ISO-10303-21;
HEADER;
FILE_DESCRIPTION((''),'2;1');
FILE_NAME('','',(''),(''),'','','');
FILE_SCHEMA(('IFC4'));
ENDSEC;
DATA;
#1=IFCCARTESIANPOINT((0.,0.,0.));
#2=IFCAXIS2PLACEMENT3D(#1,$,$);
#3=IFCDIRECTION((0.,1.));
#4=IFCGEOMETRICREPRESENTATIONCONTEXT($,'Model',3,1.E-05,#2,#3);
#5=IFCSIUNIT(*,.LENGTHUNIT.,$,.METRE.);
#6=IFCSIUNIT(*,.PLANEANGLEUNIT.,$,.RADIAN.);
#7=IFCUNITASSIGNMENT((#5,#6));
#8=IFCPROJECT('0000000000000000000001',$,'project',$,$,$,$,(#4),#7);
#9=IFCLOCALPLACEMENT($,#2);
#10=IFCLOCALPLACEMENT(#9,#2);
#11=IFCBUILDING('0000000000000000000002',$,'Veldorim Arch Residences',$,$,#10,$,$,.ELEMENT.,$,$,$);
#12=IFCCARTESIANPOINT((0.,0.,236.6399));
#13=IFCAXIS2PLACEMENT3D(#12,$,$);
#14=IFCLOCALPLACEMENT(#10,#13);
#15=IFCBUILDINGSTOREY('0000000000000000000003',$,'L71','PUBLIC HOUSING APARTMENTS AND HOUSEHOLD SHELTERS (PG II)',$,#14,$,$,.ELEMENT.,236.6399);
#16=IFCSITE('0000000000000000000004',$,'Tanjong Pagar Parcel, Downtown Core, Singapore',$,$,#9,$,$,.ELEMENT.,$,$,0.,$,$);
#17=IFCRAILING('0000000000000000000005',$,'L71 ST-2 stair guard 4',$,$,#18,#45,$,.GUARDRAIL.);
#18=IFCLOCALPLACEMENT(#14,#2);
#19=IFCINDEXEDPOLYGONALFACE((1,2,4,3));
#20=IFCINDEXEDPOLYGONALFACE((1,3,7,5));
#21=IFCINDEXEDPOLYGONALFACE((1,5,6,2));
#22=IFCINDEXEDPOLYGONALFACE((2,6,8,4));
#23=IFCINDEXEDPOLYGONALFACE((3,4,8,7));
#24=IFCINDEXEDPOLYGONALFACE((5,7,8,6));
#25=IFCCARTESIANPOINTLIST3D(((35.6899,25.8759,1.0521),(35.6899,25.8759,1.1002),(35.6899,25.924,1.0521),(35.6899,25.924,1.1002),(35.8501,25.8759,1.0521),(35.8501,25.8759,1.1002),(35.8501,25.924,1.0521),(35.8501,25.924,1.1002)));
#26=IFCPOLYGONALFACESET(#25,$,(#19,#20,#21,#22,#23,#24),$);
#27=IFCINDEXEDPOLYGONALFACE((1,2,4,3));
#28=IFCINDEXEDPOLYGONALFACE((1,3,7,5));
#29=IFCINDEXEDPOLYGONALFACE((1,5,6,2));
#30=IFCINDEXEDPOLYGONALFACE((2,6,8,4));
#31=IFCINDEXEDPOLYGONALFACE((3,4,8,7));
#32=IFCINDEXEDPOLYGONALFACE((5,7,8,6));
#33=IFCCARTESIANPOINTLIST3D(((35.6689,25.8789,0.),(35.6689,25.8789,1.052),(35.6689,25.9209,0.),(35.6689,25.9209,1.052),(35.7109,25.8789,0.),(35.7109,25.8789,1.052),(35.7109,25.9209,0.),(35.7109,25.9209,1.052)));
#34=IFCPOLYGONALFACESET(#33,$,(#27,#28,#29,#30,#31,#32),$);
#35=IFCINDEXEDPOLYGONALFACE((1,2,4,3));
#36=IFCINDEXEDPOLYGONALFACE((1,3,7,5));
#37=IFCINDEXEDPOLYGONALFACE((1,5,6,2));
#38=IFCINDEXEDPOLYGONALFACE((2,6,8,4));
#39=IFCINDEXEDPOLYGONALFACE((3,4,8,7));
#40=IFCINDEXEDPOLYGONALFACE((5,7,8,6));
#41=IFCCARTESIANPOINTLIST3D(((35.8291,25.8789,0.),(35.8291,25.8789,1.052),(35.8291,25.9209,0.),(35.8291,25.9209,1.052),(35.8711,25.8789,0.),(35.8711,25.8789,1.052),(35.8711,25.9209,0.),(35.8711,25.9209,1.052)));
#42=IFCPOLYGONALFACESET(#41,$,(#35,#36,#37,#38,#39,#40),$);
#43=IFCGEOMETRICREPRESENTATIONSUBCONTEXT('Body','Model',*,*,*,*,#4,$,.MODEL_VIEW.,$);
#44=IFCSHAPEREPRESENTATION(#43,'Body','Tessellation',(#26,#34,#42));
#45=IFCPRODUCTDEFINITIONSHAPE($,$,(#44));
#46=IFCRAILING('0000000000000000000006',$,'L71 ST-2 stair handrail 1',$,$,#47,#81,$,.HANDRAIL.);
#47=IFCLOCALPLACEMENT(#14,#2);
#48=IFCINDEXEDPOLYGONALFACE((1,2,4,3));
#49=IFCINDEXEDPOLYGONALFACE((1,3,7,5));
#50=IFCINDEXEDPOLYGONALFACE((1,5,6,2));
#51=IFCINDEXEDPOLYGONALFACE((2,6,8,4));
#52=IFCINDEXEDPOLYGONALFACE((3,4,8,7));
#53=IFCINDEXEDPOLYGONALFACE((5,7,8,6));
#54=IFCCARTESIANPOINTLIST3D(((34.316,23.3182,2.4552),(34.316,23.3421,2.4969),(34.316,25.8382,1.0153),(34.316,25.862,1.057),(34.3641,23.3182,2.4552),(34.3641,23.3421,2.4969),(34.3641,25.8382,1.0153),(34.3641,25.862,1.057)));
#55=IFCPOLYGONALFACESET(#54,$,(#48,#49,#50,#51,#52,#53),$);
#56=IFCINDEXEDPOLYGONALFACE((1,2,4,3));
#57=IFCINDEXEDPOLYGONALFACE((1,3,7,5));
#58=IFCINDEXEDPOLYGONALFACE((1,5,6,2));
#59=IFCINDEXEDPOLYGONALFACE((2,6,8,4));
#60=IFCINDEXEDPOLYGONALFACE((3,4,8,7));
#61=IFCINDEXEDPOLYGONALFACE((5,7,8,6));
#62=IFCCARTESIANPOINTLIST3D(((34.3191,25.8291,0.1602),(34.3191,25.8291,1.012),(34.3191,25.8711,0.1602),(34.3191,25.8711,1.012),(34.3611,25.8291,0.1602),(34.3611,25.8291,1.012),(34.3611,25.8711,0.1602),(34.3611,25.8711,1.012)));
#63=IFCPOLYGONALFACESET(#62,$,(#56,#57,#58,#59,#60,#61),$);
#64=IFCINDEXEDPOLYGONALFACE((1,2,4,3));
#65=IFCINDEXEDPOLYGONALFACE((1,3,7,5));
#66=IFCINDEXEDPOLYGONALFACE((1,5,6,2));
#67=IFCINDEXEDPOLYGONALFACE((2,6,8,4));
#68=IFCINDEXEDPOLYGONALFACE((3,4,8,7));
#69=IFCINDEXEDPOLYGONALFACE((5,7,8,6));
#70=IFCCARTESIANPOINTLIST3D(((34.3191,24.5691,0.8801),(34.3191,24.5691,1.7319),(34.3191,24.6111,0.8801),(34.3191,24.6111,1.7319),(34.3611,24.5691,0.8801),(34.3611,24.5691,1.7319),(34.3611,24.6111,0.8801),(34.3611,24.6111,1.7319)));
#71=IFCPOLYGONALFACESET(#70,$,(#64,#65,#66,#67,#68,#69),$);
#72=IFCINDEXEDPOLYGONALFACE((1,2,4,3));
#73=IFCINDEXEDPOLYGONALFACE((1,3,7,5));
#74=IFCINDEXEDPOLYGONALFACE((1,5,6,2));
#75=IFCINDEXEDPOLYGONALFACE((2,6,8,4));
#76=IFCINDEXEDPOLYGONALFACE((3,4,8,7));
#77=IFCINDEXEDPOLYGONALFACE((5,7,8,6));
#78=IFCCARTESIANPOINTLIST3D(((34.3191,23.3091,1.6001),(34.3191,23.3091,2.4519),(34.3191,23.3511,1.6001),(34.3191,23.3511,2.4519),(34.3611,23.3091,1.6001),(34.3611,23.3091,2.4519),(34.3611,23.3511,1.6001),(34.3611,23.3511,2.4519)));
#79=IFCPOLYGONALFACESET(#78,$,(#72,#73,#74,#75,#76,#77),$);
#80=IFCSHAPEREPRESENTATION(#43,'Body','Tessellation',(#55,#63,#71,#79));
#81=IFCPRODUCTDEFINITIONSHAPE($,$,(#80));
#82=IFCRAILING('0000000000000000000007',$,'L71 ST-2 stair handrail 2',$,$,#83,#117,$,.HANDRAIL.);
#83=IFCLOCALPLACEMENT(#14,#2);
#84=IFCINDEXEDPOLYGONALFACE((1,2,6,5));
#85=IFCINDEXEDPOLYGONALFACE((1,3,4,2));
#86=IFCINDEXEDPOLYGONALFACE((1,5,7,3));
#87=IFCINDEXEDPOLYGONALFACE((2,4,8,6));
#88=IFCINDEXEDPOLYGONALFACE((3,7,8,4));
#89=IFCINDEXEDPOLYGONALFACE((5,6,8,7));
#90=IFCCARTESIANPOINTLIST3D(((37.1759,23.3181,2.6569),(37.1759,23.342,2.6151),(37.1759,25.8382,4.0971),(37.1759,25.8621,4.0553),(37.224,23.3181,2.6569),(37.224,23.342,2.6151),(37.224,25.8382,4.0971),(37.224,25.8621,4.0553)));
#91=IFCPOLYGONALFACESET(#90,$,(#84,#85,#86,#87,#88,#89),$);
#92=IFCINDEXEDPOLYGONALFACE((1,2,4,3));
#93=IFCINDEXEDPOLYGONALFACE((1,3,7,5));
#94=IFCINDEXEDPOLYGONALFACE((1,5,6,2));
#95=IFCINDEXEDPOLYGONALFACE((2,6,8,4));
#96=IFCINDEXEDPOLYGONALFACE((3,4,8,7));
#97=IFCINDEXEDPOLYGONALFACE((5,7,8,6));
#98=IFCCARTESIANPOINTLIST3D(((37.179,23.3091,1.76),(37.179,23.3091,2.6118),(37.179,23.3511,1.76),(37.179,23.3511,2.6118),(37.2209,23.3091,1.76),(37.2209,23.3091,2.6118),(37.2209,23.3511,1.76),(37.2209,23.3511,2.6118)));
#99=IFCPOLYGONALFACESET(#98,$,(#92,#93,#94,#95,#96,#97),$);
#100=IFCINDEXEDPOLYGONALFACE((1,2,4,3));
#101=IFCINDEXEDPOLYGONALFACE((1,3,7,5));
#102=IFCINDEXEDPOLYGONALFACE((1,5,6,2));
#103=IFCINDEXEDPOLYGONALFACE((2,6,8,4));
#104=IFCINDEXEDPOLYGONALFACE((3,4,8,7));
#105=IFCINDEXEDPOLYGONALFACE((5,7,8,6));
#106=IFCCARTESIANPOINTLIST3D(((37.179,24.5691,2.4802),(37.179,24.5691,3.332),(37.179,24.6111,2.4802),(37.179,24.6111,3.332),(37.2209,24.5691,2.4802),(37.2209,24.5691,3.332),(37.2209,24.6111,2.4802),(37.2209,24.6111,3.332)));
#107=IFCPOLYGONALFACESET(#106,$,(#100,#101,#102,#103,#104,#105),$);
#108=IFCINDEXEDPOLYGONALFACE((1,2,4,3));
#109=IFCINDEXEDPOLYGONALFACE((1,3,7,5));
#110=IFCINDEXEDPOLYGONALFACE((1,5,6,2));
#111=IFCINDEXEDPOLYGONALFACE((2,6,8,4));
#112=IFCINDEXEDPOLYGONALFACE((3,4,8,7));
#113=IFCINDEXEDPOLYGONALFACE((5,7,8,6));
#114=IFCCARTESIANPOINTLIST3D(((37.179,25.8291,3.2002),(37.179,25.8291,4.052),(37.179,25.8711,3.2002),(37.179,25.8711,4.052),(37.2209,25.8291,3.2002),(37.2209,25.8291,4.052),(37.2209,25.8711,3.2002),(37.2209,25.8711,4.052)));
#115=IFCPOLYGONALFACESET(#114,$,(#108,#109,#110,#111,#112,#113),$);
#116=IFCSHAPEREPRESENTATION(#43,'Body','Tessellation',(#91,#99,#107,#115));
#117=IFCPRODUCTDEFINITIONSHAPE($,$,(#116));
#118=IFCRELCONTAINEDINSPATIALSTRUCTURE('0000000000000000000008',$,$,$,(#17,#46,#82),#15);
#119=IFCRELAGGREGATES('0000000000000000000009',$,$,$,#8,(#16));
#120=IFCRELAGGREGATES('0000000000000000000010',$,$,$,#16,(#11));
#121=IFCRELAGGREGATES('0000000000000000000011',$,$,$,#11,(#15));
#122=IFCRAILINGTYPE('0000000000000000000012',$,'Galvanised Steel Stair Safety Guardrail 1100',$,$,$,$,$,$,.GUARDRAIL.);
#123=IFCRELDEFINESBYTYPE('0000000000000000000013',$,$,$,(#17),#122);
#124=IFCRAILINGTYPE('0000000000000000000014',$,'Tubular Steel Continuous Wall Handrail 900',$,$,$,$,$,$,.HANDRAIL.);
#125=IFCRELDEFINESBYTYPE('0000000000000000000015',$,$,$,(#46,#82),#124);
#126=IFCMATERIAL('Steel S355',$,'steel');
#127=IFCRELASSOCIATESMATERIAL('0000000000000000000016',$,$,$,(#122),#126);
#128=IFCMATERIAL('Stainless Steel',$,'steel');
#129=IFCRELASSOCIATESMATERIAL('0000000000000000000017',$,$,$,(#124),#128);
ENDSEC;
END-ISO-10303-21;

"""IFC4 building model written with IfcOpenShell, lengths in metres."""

from ifc_helpers import new_model, si_unit, direction, frame, origin, origin_2d, place, context, subcontext, project, spatial, rectangle, extrude, material, type_object, element, save


model = new_model("IFC4")

# Units and contexts
model_context = context("Model", 3, precision=1e-05, world=origin(), true_north=direction((0.0, 1.0)))
body_context = subcontext(model_context, "Body", "Model", "MODEL_VIEW")
ifc_project = project(units=[si_unit("LENGTHUNIT", "METRE"), si_unit("PLANEANGLEUNIT", "RADIAN")], contexts=[model_context])

# Site, building, storey
site_placement = place(None, origin())
site = spatial("IfcSite", under=ifc_project, at=site_placement, Name="Tanjong Pagar Parcel, Downtown Core, Singapore", CompositionType="ELEMENT", RefElevation=0.0)
building_placement = place(site_placement, origin())
building = spatial("IfcBuilding", under=site, at=building_placement, Name="Veldorim Arch Residences", CompositionType="ELEMENT")
storey_placement = place(building_placement, frame((0.0, 0.0, 236.6399)))
storey = spatial("IfcBuildingStorey", under=building, at=storey_placement, Name="L71", Description="PUBLIC HOUSING APARTMENTS AND HOUSEHOLD SHELTERS (PG II)", CompositionType="ELEMENT", Elevation=236.6399)

# Railings
ifc_material_1 = material(Name="Steel S355", Category="steel")
railing_type_1 = type_object("IfcRailingType", Name="Galvanised Steel Stair Safety Guardrail 1100", PredefinedType="GUARDRAIL", material=ifc_material_1)
railing_1_placement = place(storey_placement, frame((35.6899, 25.8999, 0.0)))
element("IfcRailing", 1, at=railing_1_placement, inside=storey, type_object=railing_type_1, Name="L71 ST-2 stair guard 4", PredefinedType="GUARDRAIL", context=body_context, shape_type="SweptSolid", body=[
    extrude(rectangle(XDim=0.0481, YDim=0.0481, at=origin_2d()), frame((0.0, 0.0, 1.0762), z_axis=(1.0, 0.0, 0.0), x_axis=(0.0, 1.0, 0.0)), (0.0, 0.0, 1.0), 0.1602),
    extrude(rectangle(XDim=0.042, YDim=0.042, at=origin_2d()), origin(), (0.0, 0.0, 1.0), 1.052),
    extrude(rectangle(XDim=0.042, YDim=0.042, at=origin_2d()), frame((0.1602, 0.0, 0.0)), (0.0, 0.0, 1.0), 1.052),
])
ifc_material_2 = material(Name="Stainless Steel", Category="steel")
railing_type_2 = type_object("IfcRailingType", Name="Tubular Steel Continuous Wall Handrail 900", PredefinedType="HANDRAIL", material=ifc_material_2)
railing_2_placement = place(storey_placement, frame((34.3401, 25.8501, 0.1602)))
element("IfcRailing", 2, at=railing_2_placement, inside=storey, type_object=railing_type_2, Name="L71 ST-2 stair handrail 1", PredefinedType="HANDRAIL", context=body_context, shape_type="SweptSolid", body=[
    extrude(rectangle(XDim=0.0481, YDim=0.0481, at=origin_2d()), frame((0.0, 0.0, 0.876), z_axis=(0.0, -0.868253, 0.496121), x_axis=(1.0, 0.0, 0.0)), (0.0, 0.0, 1.0), 2.9023),
    extrude(rectangle(XDim=0.042, YDim=0.042, at=origin_2d()), origin(), (0.0, 0.0, 1.0), 0.8518),
    extrude(rectangle(XDim=0.042, YDim=0.042, at=origin_2d()), frame((0.0, -1.26, 0.72)), (0.0, 0.0, 1.0), 0.8518),
    extrude(rectangle(XDim=0.042, YDim=0.042, at=origin_2d()), frame((0.0, -2.52, 1.4399)), (0.0, 0.0, 1.0), 0.8518),
])
railing_3_placement = place(storey_placement, frame((37.2, 23.3301, 1.76)))
element("IfcRailing", 3, at=railing_3_placement, inside=storey, type_object=railing_type_2, Name="L71 ST-2 stair handrail 2", PredefinedType="HANDRAIL", context=body_context, shape_type="SweptSolid", body=[
    extrude(rectangle(XDim=0.0481, YDim=0.0481, at=origin_2d()), frame((0.0, 0.0, 0.876), z_axis=(0.0, 0.868217, 0.496184), x_axis=(-1.0, 0.0, 0.0)), (0.0, 0.0, 1.0), 2.9026),
    extrude(rectangle(XDim=0.042, YDim=0.042, at=origin_2d()), origin(), (0.0, 0.0, 1.0), 0.8518),
    extrude(rectangle(XDim=0.042, YDim=0.042, at=origin_2d()), frame((0.0, 1.26, 0.7202)), (0.0, 0.0, 1.0), 0.8518),
    extrude(rectangle(XDim=0.042, YDim=0.042, at=origin_2d()), frame((0.0, 2.52, 1.4402)), (0.0, 0.0, 1.0), 0.8518),
])

save(model, "model.ifc")
